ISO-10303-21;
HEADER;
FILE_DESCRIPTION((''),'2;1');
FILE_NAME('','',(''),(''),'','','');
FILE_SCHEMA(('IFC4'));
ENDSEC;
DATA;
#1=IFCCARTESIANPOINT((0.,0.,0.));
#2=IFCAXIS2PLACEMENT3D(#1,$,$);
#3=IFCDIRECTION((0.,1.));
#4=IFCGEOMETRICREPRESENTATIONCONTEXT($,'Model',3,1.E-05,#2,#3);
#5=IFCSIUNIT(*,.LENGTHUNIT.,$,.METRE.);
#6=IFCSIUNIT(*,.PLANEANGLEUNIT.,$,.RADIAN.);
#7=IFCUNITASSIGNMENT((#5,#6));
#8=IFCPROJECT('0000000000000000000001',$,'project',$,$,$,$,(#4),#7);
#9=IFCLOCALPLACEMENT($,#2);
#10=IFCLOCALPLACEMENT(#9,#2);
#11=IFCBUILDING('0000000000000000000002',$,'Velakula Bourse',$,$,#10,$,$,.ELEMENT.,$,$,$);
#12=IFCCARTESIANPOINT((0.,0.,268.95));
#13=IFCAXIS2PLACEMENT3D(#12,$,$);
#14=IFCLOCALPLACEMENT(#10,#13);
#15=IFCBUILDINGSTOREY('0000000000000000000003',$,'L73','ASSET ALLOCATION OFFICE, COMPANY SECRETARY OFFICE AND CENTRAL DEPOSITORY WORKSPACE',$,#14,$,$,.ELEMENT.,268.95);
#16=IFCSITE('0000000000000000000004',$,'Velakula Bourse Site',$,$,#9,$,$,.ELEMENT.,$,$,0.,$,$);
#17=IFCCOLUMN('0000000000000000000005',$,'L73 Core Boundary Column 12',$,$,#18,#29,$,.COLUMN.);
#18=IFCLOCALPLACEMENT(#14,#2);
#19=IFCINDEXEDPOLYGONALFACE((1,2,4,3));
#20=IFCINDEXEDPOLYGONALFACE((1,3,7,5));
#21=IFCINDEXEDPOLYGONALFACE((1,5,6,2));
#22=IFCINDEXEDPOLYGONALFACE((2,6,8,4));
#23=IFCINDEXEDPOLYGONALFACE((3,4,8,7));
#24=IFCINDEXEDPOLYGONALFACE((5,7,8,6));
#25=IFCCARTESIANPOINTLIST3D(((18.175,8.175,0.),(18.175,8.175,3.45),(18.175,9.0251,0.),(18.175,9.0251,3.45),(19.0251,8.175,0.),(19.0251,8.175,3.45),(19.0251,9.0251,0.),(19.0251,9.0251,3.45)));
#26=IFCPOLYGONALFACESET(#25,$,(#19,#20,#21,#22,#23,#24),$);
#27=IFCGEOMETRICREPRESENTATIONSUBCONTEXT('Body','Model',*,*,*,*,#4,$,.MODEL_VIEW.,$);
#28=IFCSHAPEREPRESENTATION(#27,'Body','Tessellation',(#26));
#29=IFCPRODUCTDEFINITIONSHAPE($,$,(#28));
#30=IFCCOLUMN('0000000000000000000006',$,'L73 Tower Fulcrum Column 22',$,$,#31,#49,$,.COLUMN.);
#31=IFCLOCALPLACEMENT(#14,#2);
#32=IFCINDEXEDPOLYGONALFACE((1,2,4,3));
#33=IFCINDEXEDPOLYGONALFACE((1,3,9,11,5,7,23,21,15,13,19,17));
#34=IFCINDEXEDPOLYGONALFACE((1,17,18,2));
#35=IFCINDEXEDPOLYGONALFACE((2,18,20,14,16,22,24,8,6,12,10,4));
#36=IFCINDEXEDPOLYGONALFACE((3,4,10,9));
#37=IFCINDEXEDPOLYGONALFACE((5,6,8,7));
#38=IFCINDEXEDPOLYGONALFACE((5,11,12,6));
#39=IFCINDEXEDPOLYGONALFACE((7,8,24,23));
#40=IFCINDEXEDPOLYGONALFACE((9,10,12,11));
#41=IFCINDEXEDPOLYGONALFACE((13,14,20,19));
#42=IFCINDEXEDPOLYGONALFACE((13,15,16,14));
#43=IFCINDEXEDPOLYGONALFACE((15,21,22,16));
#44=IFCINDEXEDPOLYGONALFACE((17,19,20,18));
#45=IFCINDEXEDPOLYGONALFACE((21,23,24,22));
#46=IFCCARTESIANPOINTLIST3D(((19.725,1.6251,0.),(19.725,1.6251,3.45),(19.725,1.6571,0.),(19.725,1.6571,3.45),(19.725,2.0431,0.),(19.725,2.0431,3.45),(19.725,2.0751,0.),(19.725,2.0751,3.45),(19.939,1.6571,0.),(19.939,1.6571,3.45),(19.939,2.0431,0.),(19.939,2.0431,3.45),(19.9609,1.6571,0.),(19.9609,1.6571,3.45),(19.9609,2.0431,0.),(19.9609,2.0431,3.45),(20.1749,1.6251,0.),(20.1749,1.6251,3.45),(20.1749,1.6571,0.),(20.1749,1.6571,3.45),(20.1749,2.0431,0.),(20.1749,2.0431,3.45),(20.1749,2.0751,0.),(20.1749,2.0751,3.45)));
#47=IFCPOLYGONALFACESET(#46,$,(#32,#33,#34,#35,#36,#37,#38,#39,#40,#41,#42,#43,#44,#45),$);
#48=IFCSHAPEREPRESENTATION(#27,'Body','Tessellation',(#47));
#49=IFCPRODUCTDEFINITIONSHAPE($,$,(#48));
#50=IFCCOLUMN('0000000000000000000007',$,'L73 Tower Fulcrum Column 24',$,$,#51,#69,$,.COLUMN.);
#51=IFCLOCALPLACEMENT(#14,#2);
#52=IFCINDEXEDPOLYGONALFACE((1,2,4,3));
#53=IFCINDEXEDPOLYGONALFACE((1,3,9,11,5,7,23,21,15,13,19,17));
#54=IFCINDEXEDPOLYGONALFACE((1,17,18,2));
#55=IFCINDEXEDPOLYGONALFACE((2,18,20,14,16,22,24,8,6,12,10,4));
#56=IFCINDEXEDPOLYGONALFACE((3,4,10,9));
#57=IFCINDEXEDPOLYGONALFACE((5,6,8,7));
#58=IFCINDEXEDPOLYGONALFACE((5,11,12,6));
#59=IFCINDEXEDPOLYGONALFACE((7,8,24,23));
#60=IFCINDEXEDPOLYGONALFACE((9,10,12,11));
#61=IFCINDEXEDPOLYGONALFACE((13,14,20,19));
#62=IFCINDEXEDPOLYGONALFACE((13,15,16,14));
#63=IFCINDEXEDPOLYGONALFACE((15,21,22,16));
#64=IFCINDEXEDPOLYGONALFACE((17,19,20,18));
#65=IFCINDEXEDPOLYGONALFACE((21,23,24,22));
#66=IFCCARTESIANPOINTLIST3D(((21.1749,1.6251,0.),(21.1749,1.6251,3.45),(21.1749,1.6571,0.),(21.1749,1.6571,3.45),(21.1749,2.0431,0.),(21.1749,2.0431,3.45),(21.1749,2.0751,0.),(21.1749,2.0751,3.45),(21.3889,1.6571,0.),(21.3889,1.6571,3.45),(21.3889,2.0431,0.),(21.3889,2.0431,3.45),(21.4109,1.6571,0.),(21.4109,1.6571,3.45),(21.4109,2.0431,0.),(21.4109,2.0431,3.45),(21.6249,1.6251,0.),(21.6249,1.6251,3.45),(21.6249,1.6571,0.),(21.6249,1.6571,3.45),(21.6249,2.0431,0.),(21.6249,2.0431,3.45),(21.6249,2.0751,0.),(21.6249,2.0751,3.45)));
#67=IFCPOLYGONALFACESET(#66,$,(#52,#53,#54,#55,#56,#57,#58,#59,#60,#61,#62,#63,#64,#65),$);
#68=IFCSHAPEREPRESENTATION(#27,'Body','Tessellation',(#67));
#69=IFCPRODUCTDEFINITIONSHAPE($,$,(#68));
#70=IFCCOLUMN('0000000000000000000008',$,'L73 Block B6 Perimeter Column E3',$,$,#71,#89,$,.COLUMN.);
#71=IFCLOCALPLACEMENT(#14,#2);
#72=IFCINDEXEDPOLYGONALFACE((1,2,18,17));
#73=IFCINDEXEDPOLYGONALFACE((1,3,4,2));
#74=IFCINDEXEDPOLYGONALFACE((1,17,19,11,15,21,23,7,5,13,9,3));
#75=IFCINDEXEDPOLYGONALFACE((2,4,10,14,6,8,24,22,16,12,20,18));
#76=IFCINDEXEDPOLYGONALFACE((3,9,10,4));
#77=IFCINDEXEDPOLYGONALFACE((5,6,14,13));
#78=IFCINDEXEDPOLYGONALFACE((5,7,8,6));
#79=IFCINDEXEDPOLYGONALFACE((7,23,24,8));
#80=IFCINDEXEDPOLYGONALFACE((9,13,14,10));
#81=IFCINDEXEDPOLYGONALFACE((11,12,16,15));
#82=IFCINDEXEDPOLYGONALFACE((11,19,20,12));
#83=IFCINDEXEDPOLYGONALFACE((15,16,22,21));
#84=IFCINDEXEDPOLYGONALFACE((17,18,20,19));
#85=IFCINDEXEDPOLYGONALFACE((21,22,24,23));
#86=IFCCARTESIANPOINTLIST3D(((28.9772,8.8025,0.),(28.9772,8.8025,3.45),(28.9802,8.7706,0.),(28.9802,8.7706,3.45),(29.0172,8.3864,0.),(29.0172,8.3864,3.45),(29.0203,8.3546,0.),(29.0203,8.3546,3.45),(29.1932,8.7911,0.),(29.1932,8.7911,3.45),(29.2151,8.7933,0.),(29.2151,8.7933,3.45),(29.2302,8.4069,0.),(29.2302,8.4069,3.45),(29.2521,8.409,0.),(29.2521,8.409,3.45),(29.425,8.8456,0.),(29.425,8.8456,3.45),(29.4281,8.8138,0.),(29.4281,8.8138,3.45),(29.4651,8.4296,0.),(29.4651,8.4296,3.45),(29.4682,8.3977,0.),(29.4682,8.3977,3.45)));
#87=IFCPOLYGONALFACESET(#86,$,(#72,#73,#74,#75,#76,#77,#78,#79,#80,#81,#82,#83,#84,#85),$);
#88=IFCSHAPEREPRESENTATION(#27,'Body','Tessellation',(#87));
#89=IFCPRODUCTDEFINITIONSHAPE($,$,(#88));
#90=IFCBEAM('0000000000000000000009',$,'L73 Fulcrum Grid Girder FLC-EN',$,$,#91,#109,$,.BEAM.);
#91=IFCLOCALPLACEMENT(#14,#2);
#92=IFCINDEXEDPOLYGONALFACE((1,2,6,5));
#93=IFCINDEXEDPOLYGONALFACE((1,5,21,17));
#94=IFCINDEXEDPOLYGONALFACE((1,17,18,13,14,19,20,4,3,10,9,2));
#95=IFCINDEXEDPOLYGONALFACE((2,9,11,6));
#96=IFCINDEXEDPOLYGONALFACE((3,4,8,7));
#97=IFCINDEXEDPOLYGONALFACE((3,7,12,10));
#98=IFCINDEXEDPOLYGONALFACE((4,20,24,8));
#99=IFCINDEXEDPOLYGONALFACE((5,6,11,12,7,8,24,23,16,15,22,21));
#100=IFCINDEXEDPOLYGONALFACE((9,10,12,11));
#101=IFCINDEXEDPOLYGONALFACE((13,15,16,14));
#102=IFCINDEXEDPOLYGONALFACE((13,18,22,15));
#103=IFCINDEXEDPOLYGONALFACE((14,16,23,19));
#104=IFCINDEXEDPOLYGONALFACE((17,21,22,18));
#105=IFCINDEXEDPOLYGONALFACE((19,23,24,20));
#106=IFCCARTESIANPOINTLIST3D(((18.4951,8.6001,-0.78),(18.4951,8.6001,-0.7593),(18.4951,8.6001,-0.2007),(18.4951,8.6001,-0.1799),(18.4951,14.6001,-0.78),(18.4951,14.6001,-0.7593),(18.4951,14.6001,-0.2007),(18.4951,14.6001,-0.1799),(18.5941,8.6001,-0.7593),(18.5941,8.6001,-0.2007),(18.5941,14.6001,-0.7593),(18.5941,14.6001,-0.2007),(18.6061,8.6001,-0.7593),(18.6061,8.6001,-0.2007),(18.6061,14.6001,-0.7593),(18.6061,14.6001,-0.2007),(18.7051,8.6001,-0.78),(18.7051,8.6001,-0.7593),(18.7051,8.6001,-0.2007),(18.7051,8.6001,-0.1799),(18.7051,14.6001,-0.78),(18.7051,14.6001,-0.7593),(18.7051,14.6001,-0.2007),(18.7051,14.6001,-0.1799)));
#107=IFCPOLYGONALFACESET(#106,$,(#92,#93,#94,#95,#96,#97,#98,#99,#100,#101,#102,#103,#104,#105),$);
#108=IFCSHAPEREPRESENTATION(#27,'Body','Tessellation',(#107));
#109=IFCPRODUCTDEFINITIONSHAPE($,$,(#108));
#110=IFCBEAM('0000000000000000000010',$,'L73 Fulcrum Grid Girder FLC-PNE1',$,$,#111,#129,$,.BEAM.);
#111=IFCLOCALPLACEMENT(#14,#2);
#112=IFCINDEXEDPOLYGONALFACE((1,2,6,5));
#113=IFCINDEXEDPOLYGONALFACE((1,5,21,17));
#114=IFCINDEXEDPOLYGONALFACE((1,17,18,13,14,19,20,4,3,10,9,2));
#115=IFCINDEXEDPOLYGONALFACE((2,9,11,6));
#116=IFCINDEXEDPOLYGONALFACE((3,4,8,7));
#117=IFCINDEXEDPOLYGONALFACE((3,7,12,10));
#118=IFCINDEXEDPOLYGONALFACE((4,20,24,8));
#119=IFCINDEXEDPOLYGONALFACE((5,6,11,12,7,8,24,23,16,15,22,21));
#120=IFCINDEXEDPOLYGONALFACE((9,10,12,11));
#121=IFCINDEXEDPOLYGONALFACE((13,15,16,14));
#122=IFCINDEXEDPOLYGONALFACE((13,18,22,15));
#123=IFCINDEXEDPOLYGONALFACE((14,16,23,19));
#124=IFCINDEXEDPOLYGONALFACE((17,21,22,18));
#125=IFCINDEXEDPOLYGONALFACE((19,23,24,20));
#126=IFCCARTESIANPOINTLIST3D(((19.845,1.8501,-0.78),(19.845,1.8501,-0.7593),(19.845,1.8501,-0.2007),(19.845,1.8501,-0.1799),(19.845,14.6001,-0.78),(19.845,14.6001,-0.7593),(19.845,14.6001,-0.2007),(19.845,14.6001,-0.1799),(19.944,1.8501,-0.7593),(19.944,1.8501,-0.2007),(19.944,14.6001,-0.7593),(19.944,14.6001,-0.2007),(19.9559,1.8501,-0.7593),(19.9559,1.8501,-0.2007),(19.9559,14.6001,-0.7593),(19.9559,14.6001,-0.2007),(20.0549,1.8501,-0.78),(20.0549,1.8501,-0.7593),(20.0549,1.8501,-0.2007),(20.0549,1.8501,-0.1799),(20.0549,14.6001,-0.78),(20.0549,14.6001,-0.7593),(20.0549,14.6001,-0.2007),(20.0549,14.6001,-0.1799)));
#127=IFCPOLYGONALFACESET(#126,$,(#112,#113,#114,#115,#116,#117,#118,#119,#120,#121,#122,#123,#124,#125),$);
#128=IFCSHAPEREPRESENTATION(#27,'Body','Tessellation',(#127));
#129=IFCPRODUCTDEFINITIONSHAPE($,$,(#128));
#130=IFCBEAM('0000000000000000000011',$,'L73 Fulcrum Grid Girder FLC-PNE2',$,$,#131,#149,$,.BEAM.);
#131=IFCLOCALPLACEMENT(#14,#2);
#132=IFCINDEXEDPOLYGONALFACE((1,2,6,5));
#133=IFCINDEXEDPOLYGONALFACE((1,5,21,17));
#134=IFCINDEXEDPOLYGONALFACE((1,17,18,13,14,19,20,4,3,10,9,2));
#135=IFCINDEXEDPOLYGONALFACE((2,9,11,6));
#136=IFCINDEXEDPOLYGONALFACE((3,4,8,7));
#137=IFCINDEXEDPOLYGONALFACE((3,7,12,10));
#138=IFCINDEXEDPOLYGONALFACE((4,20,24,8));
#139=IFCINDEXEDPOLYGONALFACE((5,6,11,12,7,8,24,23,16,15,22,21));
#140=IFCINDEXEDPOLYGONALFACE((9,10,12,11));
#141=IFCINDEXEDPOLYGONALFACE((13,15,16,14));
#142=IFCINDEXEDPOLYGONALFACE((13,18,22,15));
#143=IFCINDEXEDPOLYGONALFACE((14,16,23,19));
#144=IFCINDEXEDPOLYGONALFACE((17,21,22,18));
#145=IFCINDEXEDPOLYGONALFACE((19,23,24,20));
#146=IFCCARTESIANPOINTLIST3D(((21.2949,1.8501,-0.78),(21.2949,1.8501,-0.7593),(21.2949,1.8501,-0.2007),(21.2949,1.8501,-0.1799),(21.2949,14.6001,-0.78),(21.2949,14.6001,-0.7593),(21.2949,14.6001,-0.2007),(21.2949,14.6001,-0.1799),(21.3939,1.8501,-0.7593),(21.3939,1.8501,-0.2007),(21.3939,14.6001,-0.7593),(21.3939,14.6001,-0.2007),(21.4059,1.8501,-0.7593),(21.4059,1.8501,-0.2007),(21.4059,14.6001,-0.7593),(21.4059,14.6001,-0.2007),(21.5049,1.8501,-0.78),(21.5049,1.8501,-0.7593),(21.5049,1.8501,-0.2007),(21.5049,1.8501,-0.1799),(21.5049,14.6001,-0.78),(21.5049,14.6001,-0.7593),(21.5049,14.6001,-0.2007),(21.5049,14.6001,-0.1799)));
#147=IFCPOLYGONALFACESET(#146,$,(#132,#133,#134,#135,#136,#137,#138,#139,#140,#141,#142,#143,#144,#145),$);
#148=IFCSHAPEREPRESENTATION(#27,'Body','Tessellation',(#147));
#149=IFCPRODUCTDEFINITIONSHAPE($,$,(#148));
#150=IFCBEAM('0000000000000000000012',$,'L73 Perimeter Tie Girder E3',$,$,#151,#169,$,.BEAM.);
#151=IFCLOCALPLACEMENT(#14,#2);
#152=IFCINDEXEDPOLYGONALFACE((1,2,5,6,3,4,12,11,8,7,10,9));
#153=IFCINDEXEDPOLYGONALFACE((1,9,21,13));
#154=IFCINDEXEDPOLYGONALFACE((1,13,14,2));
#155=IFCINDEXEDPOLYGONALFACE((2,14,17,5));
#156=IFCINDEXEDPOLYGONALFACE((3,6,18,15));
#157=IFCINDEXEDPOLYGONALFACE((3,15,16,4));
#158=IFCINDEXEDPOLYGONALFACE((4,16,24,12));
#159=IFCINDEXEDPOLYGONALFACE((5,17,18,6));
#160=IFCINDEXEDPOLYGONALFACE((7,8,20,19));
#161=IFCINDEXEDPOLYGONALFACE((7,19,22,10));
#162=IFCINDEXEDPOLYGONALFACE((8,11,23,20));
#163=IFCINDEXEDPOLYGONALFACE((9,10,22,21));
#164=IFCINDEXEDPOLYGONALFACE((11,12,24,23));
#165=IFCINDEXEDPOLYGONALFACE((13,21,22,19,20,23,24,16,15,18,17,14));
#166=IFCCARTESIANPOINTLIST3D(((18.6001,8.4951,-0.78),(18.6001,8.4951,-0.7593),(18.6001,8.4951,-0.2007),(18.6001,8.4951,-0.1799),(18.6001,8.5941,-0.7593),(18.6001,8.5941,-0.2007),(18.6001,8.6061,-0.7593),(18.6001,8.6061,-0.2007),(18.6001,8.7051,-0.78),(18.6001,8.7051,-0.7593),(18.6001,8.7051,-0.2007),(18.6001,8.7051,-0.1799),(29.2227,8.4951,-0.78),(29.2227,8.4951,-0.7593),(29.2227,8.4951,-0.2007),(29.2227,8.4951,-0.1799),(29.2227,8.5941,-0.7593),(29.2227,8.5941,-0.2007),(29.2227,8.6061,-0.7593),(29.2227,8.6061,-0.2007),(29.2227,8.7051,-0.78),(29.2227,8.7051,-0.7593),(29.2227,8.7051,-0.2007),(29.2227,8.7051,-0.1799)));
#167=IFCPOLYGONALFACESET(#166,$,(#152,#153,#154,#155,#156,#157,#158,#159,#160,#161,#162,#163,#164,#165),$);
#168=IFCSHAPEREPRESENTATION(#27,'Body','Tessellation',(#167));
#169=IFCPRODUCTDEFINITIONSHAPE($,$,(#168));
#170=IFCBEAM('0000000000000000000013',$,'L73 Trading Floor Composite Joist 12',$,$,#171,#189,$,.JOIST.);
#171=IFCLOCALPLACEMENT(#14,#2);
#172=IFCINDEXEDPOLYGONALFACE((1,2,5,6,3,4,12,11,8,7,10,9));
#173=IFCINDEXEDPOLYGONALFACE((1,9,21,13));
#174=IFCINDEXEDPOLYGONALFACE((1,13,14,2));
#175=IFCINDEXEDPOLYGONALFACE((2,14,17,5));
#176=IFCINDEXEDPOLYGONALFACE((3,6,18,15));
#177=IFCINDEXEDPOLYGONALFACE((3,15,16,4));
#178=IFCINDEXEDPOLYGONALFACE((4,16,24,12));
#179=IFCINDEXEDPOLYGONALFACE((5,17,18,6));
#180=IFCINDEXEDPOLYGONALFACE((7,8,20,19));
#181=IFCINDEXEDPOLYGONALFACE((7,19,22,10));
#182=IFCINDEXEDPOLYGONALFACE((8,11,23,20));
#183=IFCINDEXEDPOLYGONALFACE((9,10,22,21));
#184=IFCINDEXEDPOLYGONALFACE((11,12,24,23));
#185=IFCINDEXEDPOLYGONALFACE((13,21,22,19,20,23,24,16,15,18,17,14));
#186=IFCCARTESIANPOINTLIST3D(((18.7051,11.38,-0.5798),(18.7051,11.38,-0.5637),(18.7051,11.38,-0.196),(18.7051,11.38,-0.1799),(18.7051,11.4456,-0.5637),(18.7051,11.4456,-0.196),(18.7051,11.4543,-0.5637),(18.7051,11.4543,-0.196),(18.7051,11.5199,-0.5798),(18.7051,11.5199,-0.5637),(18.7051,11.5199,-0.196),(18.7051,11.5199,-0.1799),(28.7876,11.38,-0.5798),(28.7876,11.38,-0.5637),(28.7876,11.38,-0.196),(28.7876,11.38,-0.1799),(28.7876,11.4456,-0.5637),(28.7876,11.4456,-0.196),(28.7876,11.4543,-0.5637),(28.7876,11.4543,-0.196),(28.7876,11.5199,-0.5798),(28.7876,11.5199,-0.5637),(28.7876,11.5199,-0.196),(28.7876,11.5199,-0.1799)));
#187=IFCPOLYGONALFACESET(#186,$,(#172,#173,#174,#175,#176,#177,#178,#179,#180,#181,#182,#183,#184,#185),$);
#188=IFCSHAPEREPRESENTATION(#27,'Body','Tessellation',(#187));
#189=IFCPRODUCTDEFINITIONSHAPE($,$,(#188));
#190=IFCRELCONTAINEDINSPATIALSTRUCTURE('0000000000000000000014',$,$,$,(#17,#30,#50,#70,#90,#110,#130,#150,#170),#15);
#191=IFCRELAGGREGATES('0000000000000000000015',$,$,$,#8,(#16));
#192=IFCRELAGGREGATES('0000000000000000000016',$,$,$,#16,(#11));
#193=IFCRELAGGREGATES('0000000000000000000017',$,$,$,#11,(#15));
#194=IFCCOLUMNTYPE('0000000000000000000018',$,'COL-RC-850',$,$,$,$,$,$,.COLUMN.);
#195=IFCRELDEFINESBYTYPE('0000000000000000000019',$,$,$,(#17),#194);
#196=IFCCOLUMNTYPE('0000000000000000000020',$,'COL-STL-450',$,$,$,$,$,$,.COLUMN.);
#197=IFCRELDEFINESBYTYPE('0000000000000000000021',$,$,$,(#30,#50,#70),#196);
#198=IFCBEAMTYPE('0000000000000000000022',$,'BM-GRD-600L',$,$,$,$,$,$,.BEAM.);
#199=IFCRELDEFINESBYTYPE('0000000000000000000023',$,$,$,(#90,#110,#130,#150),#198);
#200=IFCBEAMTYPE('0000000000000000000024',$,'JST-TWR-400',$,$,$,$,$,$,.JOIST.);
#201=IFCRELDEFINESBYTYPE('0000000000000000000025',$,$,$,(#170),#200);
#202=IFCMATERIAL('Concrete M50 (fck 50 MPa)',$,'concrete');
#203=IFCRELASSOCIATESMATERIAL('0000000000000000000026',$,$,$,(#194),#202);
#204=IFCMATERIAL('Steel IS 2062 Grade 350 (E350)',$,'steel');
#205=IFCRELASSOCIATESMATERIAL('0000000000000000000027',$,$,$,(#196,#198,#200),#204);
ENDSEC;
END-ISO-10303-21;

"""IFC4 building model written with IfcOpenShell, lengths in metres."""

from ifc_helpers import new_model, si_unit, direction, frame, origin, origin_2d, place, context, subcontext, project, spatial, rectangle, i_section, extrude, material, material_profile, profile_set, type_object, element, save


model = new_model("IFC4")

# Units and contexts
model_context = context("Model", 3, precision=1e-05, world=origin(), true_north=direction((0.0, 1.0)))
body_context = subcontext(model_context, "Body", "Model", "MODEL_VIEW")
ifc_project = project(units=[si_unit("LENGTHUNIT", "METRE"), si_unit("PLANEANGLEUNIT", "RADIAN")], contexts=[model_context])

# Site, building, storey
site_placement = place(None, origin())
site = spatial("IfcSite", under=ifc_project, at=site_placement, Name="Velakula Bourse Site", CompositionType="ELEMENT", RefElevation=0.0)
building_placement = place(site_placement, origin())
building = spatial("IfcBuilding", under=site, at=building_placement, Name="Velakula Bourse", CompositionType="ELEMENT")
storey_placement = place(building_placement, frame((0.0, 0.0, 268.95)))
storey = spatial("IfcBuildingStorey", under=building, at=storey_placement, Name="L73", Description="ASSET ALLOCATION OFFICE, COMPANY SECRETARY OFFICE AND CENTRAL DEPOSITORY WORKSPACE", CompositionType="ELEMENT", Elevation=268.95)

# Columns
ifc_material_1 = material(Name="Concrete M50 (fck 50 MPa)", Category="concrete")
ifc_material_profile_1 = material_profile(ifc_material_1, rectangle(XDim=0.8501, YDim=0.8501, at=origin_2d()), Name="Concrete M50 (fck 50 MPa)")
ifc_profile_set_1 = profile_set([ifc_material_profile_1], Name="Concrete M50 (fck 50 MPa)")
column_type_1 = type_object("IfcColumnType", Name="COL-RC-850", PredefinedType="COLUMN", material=ifc_profile_set_1)
column_placement = place(storey_placement, frame((18.6001, 8.6001, 0.0), z_axis=(0.0, 0.0, 1.0), x_axis=(1.0, 0.0, 0.0)))
element("IfcColumn", 1, at=column_placement, inside=storey, type_object=column_type_1, Name="L73 Core Boundary Column 12", PredefinedType="COLUMN", context=body_context, shape_type="SweptSolid", body=[
    extrude(rectangle(XDim=0.8501, YDim=0.8501, at=origin_2d()), origin(), (0.0, 0.0, 1.0), 3.45),
])
ifc_material_2 = material(Name="Steel IS 2062 Grade 350 (E350)", Category="steel")
ifc_material_profile_2 = material_profile(ifc_material_2, i_section(OverallWidth=0.45, OverallDepth=0.45, WebThickness=0.022, FlangeThickness=0.032, at=origin_2d()), Name="Steel IS 2062 Grade 350 (E350)")
ifc_profile_set_2 = profile_set([ifc_material_profile_2], Name="Steel IS 2062 Grade 350 (E350)")
column_type_2 = type_object("IfcColumnType", Name="COL-STL-450", PredefinedType="COLUMN", material=ifc_profile_set_2)
for number, where, z_axis, x_axis, name in (
    (2, (19.95, 1.8501, 0.0), (0.0, 0.0, 1.0), (1.0, 0.0, 0.0), "L73 Tower Fulcrum Column 22"),
    (3, (21.3999, 1.8501, 0.0), (0.0, 0.0, 1.0), (1.0, 0.0, 0.0), "L73 Tower Fulcrum Column 24"),
    (4, (29.2227, 8.6001, 0.0), (0.0, 0.0, 1.0), (0.995396, 0.095846, 0.0), "L73 Block B6 Perimeter Column E3"),
):
    element("IfcColumn", number, at=place(storey_placement, frame(where, z_axis=z_axis, x_axis=x_axis)), inside=storey, type_object=column_type_2, Name=name, PredefinedType="COLUMN", context=body_context, shape_type="SweptSolid", body=[
        extrude(i_section(OverallWidth=0.45, OverallDepth=0.45, WebThickness=0.022, FlangeThickness=0.032, at=origin_2d()), origin(), (0.0, 0.0, 1.0), 3.45),
    ])

# Beams
ifc_material_profile_3 = material_profile(ifc_material_2, i_section(OverallWidth=0.21, OverallDepth=0.6001, WebThickness=0.012, FlangeThickness=0.0208, at=origin_2d()), Name="Steel IS 2062 Grade 350 (E350)")
ifc_profile_set_3 = profile_set([ifc_material_profile_3], Name="Steel IS 2062 Grade 350 (E350)")
beam_type_1 = type_object("IfcBeamType", Name="BM-GRD-600L", PredefinedType="BEAM", material=ifc_profile_set_3)
beam_1_placement = place(storey_placement, frame((18.6001, 8.6001, -0.48), z_axis=(0.0, 1.0, 0.0), x_axis=(-1.0, 0.0, 0.0)))
element("IfcBeam", 5, at=beam_1_placement, inside=storey, type_object=beam_type_1, Name="L73 Fulcrum Grid Girder FLC-EN", PredefinedType="BEAM", context=body_context, shape_type="SweptSolid", body=[
    extrude(i_section(OverallWidth=0.21, OverallDepth=0.6001, WebThickness=0.012, FlangeThickness=0.0208, at=origin_2d()), origin(), (0.0, 0.0, 1.0), 6.0),
])
for number, where, z_axis, x_axis, name in (
    (6, (19.95, 1.8501, -0.48), (0.0, 1.0, 0.0), (-1.0, 0.0, 0.0), "L73 Fulcrum Grid Girder FLC-PNE1"),
    (7, (21.3999, 1.8501, -0.48), (0.0, 1.0, 0.0), (-1.0, 0.0, 0.0), "L73 Fulcrum Grid Girder FLC-PNE2"),
):
    element("IfcBeam", number, at=place(storey_placement, frame(where, z_axis=z_axis, x_axis=x_axis)), inside=storey, type_object=beam_type_1, Name=name, PredefinedType="BEAM", context=body_context, shape_type="SweptSolid", body=[
        extrude(i_section(OverallWidth=0.21, OverallDepth=0.6001, WebThickness=0.012, FlangeThickness=0.0208, at=origin_2d()), origin(), (0.0, 0.0, 1.0), 12.75),
    ])
beam_2_placement = place(storey_placement, frame((18.6001, 8.6001, -0.48), z_axis=(1.0, 0.0, 0.0), x_axis=(0.0, 1.0, 0.0)))
element("IfcBeam", 8, at=beam_2_placement, inside=storey, type_object=beam_type_1, Name="L73 Perimeter Tie Girder E3", PredefinedType="BEAM", context=body_context, shape_type="SweptSolid", body=[
    extrude(i_section(OverallWidth=0.21, OverallDepth=0.6001, WebThickness=0.012, FlangeThickness=0.0208, at=origin_2d()), origin(), (0.0, 0.0, 1.0), 10.6226),
])
ifc_material_profile_4 = material_profile(ifc_material_2, i_section(OverallWidth=0.1399, OverallDepth=0.3999, WebThickness=0.0088, FlangeThickness=0.0161, at=origin_2d()), Name="Steel IS 2062 Grade 350 (E350)")
ifc_profile_set_4 = profile_set([ifc_material_profile_4], Name="Steel IS 2062 Grade 350 (E350)")
beam_type_2 = type_object("IfcBeamType", Name="JST-TWR-400", PredefinedType="JOIST", material=ifc_profile_set_4)
beam_3_placement = place(storey_placement, frame((18.7051, 11.45, -0.3799), z_axis=(1.0, 0.0, 0.0), x_axis=(0.0, 1.0, 0.0)))
element("IfcBeam", 9, at=beam_3_placement, inside=storey, type_object=beam_type_2, Name="L73 Trading Floor Composite Joist 12", PredefinedType="JOIST", context=body_context, shape_type="SweptSolid", body=[
    extrude(i_section(OverallWidth=0.1399, OverallDepth=0.3999, WebThickness=0.0088, FlangeThickness=0.0161, at=origin_2d()), origin(), (0.0, 0.0, 1.0), 10.0825),
])

save(model, "model.ifc")
